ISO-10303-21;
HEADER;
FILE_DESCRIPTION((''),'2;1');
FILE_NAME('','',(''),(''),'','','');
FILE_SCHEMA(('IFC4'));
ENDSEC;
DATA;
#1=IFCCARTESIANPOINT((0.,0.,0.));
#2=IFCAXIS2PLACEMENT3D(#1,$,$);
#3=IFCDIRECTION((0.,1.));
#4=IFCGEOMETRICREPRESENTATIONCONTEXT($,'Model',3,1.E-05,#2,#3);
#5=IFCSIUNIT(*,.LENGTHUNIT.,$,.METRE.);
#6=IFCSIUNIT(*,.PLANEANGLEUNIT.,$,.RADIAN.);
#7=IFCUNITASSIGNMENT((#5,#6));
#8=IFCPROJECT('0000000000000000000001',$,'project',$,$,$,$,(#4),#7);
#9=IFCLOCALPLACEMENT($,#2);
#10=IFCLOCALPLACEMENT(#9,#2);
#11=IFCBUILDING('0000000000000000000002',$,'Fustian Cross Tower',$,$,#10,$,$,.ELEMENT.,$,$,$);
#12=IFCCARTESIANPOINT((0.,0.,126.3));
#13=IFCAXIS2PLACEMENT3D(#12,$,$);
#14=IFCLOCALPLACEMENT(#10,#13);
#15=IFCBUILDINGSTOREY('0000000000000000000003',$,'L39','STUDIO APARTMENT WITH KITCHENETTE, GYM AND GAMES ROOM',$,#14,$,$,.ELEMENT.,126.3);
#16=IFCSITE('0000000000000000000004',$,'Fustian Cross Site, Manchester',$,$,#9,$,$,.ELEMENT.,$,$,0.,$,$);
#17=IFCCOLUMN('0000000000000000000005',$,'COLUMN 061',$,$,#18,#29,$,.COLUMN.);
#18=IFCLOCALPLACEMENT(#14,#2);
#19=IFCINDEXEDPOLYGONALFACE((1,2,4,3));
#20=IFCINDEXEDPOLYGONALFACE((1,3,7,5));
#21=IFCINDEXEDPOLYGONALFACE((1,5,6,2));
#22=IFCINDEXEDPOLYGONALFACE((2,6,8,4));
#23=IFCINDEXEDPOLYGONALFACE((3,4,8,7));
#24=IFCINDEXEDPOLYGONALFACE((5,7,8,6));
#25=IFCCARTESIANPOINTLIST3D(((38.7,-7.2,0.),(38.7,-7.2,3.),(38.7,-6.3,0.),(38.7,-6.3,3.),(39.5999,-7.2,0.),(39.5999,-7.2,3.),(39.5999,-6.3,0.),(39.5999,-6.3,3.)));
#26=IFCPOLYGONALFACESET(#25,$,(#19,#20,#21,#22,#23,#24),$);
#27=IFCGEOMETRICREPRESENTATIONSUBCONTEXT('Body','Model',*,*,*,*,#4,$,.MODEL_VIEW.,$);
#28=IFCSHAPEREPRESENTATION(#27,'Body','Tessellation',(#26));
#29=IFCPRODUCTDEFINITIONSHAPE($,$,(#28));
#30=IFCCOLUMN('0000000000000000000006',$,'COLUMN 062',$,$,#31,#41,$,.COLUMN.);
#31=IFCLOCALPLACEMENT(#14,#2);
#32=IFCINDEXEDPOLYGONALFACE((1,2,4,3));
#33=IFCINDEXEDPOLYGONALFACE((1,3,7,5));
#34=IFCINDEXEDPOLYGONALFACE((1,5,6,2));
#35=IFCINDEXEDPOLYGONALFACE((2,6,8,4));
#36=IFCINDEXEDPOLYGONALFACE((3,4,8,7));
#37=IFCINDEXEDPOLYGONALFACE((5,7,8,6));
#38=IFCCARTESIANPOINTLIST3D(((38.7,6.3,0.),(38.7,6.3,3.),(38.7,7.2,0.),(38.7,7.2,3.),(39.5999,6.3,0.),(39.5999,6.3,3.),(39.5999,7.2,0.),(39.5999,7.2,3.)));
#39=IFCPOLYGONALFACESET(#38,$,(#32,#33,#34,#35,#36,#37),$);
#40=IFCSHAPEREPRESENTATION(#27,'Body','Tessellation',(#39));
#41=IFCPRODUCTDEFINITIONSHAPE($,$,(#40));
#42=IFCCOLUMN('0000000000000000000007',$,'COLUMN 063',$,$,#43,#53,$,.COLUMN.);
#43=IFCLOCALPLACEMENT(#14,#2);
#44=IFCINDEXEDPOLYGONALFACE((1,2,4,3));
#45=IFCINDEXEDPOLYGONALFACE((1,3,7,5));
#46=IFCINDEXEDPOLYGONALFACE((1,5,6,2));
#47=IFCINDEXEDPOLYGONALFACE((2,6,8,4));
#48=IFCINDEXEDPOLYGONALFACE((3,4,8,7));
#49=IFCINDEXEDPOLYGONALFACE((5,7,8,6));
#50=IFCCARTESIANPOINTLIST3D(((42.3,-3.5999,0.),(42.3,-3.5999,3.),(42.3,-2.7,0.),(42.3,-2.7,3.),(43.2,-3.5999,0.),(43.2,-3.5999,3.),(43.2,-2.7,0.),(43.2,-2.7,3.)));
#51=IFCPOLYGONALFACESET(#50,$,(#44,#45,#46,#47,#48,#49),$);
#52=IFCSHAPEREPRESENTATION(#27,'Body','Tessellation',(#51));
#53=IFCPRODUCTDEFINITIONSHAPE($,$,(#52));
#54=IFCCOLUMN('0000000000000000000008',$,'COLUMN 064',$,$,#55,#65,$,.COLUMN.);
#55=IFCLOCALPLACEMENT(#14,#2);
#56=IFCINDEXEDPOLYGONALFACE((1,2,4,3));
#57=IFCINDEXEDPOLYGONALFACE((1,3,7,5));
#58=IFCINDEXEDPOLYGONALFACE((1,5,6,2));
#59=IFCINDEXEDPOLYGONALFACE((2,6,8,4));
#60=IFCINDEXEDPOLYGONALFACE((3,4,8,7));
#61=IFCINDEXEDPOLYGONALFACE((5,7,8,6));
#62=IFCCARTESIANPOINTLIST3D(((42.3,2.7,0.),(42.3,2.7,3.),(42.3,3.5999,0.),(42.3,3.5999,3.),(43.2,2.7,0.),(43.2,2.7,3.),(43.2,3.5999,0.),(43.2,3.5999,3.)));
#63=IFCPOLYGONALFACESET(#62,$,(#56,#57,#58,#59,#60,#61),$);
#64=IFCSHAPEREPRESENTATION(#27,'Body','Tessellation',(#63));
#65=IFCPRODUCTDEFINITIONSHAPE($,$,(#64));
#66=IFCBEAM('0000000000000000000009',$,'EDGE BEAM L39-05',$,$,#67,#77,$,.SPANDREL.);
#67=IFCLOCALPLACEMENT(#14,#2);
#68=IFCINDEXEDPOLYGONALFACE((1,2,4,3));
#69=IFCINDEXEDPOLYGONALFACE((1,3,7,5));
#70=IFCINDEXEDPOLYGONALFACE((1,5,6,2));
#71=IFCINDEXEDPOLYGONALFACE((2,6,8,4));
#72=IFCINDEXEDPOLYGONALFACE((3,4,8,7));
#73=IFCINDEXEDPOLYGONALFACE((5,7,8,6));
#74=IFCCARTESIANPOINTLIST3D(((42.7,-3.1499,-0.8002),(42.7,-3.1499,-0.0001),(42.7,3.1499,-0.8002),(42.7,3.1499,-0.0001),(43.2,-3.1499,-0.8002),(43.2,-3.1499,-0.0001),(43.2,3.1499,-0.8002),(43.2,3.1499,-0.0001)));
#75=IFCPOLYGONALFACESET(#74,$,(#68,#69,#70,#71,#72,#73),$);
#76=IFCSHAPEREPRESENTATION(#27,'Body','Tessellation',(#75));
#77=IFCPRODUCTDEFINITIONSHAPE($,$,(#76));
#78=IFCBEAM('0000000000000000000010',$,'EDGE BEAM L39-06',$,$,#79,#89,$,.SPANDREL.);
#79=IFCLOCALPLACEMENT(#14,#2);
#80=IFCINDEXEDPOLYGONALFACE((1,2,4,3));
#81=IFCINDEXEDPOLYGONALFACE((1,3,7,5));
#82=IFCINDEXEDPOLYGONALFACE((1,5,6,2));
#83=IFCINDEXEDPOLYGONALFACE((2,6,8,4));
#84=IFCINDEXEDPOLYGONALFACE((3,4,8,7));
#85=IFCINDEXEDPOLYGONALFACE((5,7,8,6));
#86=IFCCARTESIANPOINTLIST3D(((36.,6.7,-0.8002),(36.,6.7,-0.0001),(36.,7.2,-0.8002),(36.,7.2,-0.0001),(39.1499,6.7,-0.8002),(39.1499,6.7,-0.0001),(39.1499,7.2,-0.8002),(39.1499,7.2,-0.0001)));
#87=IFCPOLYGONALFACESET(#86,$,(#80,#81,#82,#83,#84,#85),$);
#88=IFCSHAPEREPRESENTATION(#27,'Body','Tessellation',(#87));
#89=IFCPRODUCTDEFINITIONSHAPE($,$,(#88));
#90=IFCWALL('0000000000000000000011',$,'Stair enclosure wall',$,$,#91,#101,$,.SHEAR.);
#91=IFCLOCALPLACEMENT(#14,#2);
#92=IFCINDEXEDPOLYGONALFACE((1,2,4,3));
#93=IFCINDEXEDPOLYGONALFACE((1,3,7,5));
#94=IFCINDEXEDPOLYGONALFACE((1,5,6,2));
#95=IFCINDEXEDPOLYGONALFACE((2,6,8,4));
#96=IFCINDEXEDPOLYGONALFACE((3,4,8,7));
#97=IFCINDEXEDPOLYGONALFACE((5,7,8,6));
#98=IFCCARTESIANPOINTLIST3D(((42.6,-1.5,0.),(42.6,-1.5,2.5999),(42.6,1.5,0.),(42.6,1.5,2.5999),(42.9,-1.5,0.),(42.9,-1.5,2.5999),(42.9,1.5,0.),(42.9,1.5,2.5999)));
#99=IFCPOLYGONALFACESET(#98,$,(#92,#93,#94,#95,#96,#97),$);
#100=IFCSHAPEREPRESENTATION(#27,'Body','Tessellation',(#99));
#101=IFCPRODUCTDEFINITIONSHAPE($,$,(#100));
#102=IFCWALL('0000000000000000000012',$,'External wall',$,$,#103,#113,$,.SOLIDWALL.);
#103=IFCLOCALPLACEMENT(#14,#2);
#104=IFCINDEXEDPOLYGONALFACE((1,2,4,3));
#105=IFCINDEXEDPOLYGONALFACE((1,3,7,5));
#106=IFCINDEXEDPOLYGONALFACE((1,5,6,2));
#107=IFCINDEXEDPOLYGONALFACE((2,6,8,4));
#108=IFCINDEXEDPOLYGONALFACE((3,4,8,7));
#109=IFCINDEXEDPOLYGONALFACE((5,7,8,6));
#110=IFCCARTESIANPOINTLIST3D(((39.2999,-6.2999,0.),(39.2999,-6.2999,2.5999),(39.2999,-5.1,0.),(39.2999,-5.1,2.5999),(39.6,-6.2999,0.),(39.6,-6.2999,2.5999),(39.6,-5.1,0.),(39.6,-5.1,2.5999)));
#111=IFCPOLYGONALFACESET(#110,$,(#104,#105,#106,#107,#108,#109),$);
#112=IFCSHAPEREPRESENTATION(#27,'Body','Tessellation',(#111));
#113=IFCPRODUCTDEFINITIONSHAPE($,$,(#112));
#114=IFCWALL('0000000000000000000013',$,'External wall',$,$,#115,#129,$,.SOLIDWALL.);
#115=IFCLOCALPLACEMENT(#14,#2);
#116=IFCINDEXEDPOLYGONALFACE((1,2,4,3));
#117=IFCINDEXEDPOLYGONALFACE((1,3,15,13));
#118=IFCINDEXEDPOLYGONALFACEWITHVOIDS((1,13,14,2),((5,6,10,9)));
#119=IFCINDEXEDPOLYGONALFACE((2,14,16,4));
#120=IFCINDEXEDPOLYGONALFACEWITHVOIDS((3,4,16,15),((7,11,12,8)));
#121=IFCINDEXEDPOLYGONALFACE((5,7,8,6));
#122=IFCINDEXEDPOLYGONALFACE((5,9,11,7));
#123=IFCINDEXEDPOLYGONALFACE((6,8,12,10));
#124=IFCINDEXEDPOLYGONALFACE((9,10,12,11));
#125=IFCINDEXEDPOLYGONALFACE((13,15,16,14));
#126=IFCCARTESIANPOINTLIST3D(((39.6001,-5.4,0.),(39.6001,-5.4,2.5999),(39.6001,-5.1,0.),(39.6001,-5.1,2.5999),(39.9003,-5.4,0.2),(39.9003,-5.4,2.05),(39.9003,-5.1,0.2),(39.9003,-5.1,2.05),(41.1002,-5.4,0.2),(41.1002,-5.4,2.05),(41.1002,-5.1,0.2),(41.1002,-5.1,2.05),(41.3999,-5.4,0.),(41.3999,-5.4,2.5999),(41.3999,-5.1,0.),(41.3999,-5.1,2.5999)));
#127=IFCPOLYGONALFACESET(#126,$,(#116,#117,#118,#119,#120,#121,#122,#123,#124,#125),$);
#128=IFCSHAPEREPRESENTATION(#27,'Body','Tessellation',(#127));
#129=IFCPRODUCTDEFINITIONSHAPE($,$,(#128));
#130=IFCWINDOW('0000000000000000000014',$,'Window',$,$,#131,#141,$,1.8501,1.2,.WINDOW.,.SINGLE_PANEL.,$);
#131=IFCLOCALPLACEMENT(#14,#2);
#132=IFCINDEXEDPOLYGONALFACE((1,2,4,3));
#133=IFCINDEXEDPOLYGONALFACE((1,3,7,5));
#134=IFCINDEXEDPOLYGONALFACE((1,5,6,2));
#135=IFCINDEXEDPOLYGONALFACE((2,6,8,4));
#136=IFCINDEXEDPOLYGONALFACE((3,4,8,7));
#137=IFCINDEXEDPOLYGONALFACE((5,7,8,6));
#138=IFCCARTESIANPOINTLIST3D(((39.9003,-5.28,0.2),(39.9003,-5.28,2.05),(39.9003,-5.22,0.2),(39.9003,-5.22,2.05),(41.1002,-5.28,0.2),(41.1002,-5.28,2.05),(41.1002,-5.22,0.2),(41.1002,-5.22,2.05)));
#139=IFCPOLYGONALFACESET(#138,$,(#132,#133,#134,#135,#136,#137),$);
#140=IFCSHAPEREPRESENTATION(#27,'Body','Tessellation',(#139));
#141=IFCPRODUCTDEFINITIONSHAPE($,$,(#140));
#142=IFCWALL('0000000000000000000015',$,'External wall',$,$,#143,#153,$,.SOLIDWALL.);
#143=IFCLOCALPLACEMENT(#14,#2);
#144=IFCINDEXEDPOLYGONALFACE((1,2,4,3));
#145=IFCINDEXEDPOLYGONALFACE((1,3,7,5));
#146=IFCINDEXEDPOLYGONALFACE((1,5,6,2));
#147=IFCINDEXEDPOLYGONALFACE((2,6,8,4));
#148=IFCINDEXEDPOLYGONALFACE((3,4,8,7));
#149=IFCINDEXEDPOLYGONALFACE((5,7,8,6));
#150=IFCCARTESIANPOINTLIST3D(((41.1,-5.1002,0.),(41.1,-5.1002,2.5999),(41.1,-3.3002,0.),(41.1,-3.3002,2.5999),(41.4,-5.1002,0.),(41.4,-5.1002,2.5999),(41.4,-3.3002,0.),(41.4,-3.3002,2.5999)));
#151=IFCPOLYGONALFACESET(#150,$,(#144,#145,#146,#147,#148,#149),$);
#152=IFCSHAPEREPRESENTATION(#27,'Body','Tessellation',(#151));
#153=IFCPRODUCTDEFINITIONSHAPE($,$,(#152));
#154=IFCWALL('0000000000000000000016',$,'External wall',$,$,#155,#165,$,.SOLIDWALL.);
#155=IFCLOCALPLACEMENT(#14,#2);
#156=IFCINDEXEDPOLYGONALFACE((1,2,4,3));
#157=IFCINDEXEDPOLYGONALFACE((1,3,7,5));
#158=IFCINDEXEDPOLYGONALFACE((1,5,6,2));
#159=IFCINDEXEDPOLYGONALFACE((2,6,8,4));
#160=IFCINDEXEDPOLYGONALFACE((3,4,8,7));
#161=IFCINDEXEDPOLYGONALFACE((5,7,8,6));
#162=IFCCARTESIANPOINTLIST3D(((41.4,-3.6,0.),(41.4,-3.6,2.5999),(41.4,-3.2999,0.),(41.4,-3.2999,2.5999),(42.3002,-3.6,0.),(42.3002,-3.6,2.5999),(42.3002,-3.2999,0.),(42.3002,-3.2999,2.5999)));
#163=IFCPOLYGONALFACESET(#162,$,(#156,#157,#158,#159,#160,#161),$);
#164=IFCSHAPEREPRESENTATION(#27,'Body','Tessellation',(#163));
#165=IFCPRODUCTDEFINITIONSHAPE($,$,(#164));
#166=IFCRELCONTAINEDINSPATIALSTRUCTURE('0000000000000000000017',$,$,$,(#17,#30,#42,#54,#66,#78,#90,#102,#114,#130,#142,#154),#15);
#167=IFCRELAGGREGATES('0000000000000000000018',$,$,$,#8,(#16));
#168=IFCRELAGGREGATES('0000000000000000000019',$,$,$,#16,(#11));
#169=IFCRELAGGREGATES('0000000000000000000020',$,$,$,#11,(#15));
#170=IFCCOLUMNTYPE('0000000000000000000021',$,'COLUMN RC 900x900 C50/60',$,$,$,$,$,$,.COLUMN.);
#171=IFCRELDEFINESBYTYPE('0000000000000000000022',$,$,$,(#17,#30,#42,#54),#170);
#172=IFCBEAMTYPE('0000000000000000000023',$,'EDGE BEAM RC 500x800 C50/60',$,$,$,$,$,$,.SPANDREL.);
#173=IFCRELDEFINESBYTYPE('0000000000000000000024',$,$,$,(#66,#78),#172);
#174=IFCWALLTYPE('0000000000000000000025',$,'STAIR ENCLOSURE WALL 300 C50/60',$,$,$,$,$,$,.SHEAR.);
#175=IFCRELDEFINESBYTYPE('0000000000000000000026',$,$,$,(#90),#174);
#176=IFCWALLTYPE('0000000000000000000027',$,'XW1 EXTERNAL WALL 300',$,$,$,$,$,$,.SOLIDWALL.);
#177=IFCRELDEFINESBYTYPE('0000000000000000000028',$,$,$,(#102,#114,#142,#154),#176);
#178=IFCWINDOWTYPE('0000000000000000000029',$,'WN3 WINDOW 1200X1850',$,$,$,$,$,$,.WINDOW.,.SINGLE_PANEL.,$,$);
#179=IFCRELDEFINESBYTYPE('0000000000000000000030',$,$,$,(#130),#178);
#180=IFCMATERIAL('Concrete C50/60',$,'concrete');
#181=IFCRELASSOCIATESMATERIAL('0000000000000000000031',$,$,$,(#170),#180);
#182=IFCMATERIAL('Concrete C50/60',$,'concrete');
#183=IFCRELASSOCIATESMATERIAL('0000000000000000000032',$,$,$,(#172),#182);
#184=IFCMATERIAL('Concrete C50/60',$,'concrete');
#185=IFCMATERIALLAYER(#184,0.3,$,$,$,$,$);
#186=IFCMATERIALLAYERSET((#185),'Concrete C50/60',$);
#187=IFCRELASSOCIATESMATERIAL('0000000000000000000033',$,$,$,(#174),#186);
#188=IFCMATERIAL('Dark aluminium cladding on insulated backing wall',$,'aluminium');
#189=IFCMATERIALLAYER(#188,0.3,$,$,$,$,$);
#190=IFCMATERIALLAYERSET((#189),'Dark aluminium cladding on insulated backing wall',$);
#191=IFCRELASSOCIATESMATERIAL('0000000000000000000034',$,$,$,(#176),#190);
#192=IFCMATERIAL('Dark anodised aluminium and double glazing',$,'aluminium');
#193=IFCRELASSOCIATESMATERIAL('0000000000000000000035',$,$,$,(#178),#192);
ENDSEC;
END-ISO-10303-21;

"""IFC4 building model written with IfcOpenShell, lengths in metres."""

from ifc_helpers import new_model, si_unit, direction, frame, frame_2d, origin, origin_2d, place, context, subcontext, project, spatial, rectangle, extrude, material, layer, layer_set, material_profile, profile_set, type_object, element, fill, save


model = new_model("IFC4")

# Units and contexts
model_context = context("Model", 3, precision=1e-05, world=origin(), true_north=direction((0.0, 1.0)))
body_context = subcontext(model_context, "Body", "Model", "MODEL_VIEW")
ifc_project = project(units=[si_unit("LENGTHUNIT", "METRE"), si_unit("PLANEANGLEUNIT", "RADIAN")], contexts=[model_context])

# Site, building, storey
site_placement = place(None, origin())
site = spatial("IfcSite", under=ifc_project, at=site_placement, Name="Fustian Cross Site, Manchester", CompositionType="ELEMENT", RefElevation=0.0)
building_placement = place(site_placement, origin())
building = spatial("IfcBuilding", under=site, at=building_placement, Name="Fustian Cross Tower", CompositionType="ELEMENT")
storey_placement = place(building_placement, frame((0.0, 0.0, 126.3)))
storey = spatial("IfcBuildingStorey", under=building, at=storey_placement, Name="L39", Description="STUDIO APARTMENT WITH KITCHENETTE, GYM AND GAMES ROOM", CompositionType="ELEMENT", Elevation=126.3)

# Columns
ifc_material_1 = material(Name="Concrete C50/60", Category="concrete")
ifc_material_profile_1 = material_profile(ifc_material_1, rectangle(XDim=0.8999, YDim=0.8999, at=origin_2d()), Name="RC 900x900")
ifc_profile_set_1 = profile_set([ifc_material_profile_1], Name="Concrete C50/60")
column_type = type_object("IfcColumnType", Name="COLUMN RC 900x900 C50/60", PredefinedType="COLUMN", material=ifc_profile_set_1)
for number, where, z_axis, x_axis, name in (
    (1, (39.1499, -6.75, 0.0), (0.0, 0.0, 1.0), (1.0, 0.0, 0.0), "COLUMN 061"),
    (2, (39.1499, 6.75, 0.0), (0.0, 0.0, 1.0), (1.0, 0.0, 0.0), "COLUMN 062"),
    (3, (42.75, -3.1499, 0.0), (0.0, 0.0, 1.0), (1.0, 0.0, 0.0), "COLUMN 063"),
    (4, (42.75, 3.1499, 0.0), (0.0, 0.0, 1.0), (1.0, 0.0, 0.0), "COLUMN 064"),
):
    element("IfcColumn", number, at=place(storey_placement, frame(where, z_axis=z_axis, x_axis=x_axis)), inside=storey, type_object=column_type, Name=name, PredefinedType="COLUMN", context=body_context, shape_type="SweptSolid", body=[
        extrude(rectangle(XDim=0.8999, YDim=0.8999, at=origin_2d()), origin(), (0.0, 0.0, 1.0), 3.0),
    ])

# Beams
ifc_material_2 = material(Name="Concrete C50/60", Category="concrete")
ifc_material_profile_2 = material_profile(ifc_material_2, rectangle(XDim=0.5, YDim=0.8, at=origin_2d()), Name="RC 500x800")
ifc_profile_set_2 = profile_set([ifc_material_profile_2], Name="Concrete C50/60")
beam_type = type_object("IfcBeamType", Name="EDGE BEAM RC 500x800 C50/60", PredefinedType="SPANDREL", material=ifc_profile_set_2)
beam_1_placement = place(storey_placement, frame((42.95, -3.1499, -0.4001), z_axis=(0.0, 1.0, 0.0), x_axis=(-1.0, 0.0, 0.0)))
element("IfcBeam", 5, at=beam_1_placement, inside=storey, type_object=beam_type, Name="EDGE BEAM L39-05", PredefinedType="SPANDREL", context=body_context, shape_type="SweptSolid", body=[
    extrude(rectangle(XDim=0.5, YDim=0.8, at=origin_2d()), origin(), (0.0, 0.0, 1.0), 6.2998),
])
beam_2_placement = place(storey_placement, frame((39.1499, 6.95, -0.4001), z_axis=(-1.0, 0.0, 0.0), x_axis=(0.0, -1.0, 0.0)))
element("IfcBeam", 6, at=beam_2_placement, inside=storey, type_object=beam_type, Name="EDGE BEAM L39-06", PredefinedType="SPANDREL", context=body_context, shape_type="SweptSolid", body=[
    extrude(rectangle(XDim=0.5, YDim=0.8, at=origin_2d()), origin(), (0.0, 0.0, 1.0), 3.1499),
])

# Walls
ifc_material_3 = material(Name="Concrete C50/60", Category="concrete")
ifc_layer_1 = layer(ifc_material_3, 0.3)
ifc_layer_set_1 = layer_set([ifc_layer_1], Name="Concrete C50/60")
wall_type_1 = type_object("IfcWallType", Name="STAIR ENCLOSURE WALL 300 C50/60", PredefinedType="SHEAR", material=ifc_layer_set_1)
wall_1_placement = place(storey_placement, frame((42.75, -1.5, 0.0), z_axis=(0.0, 0.0, 1.0), x_axis=(0.0, 1.0, 0.0)))
element("IfcWall", 7, at=wall_1_placement, inside=storey, type_object=wall_type_1, Name="Stair enclosure wall", PredefinedType="SHEAR", context=body_context, shape_type="SweptSolid", body=[
    extrude(rectangle(XDim=3.0, YDim=0.3, at=frame_2d((1.5, 0.0))), origin(), (0.0, 0.0, 1.0), 2.5999),
])
ifc_material_4 = material(Name="Dark aluminium cladding on insulated backing wall", Category="aluminium")
ifc_layer_2 = layer(ifc_material_4, 0.3)
ifc_layer_set_2 = layer_set([ifc_layer_2], Name="Dark aluminium cladding on insulated backing wall")
wall_type_2 = type_object("IfcWallType", Name="XW1 EXTERNAL WALL 300", PredefinedType="SOLIDWALL", material=ifc_layer_set_2)
wall_2_placement = place(storey_placement, frame((39.45, -6.3, 0.0), z_axis=(0.0, 0.0, 1.0), x_axis=(0.0, 1.0, 0.0)))
element("IfcWall", 8, at=wall_2_placement, inside=storey, type_object=wall_type_2, Name="External wall", PredefinedType="SOLIDWALL", context=body_context, shape_type="SweptSolid", body=[
    extrude(rectangle(XDim=1.2, YDim=0.3, at=frame_2d((0.6001, 0.0))), origin(), (0.0, 0.0, 1.0), 2.5999),
])

# Wall, opening, window
wall_3_placement = place(storey_placement, frame((39.6001, -5.25, 0.0), z_axis=(0.0, 0.0, 1.0), x_axis=(1.0, 0.0, 0.0)))
wall_3 = element("IfcWall", 9, at=wall_3_placement, inside=storey, type_object=wall_type_2, Name="External wall", PredefinedType="SOLIDWALL", context=body_context, shape_type="SweptSolid", body=[
    extrude(rectangle(XDim=1.7998, YDim=0.3, at=frame_2d((0.8999, 0.0))), origin(), (0.0, 0.0, 1.0), 2.5999),
])
opening_1_placement = place(wall_3_placement, frame((0.3, 0.0, 0.2)))
opening_1 = element("IfcOpeningElement", 10, at=opening_1_placement, cuts=wall_3, PredefinedType="OPENING", context=body_context, shape_type="SweptSolid", body=[
    extrude(rectangle(XDim=1.2, YDim=1.8501, at=frame_2d((0.6001, 0.925))), frame((0.0, 0.1599, 0.0), z_axis=(0.0, -1.0, 0.0), x_axis=(1.0, 0.0, 0.0)), (0.0, 0.0, 1.0), 0.3201),
])
ifc_material_5 = material(Name="Dark anodised aluminium and double glazing", Category="aluminium")
window_type_1 = type_object("IfcWindowType", Name="WN3 WINDOW 1200X1850", PartitioningType="SINGLE_PANEL", PredefinedType="WINDOW", material=ifc_material_5)
window_1_placement = place(opening_1_placement, origin())
window_1 = element("IfcWindow", 11, at=window_1_placement, inside=storey, type_object=window_type_1, Name="Window", OverallHeight=1.8501, OverallWidth=1.2, PartitioningType="SINGLE_PANEL", PredefinedType="WINDOW", context=body_context, shape_type="SweptSolid", body=[
    extrude(rectangle(XDim=1.2, YDim=1.8501, at=frame_2d((0.6001, 0.925))), frame((0.0, 0.03, 0.0), z_axis=(0.0, -1.0, 0.0), x_axis=(1.0, 0.0, 0.0)), (0.0, 0.0, 1.0), 0.0601),
])
fill(opening_1, window_1)

# Walls
wall_4_placement = place(storey_placement, frame((41.25, -5.1001, 0.0), z_axis=(0.0, 0.0, 1.0), x_axis=(0.0, 1.0, 0.0)))
element("IfcWall", 12, at=wall_4_placement, inside=storey, type_object=wall_type_2, Name="External wall", PredefinedType="SOLIDWALL", context=body_context, shape_type="SweptSolid", body=[
    extrude(rectangle(XDim=1.8, YDim=0.3, at=frame_2d((0.8999, 0.0))), origin(), (0.0, 0.0, 1.0), 2.5999),
])
wall_5_placement = place(storey_placement, frame((41.3999, -3.45, 0.0), z_axis=(0.0, 0.0, 1.0), x_axis=(1.0, 0.0, 0.0)))
element("IfcWall", 13, at=wall_5_placement, inside=storey, type_object=wall_type_2, Name="External wall", PredefinedType="SOLIDWALL", context=body_context, shape_type="SweptSolid", body=[
    extrude(rectangle(XDim=0.9001, YDim=0.3, at=frame_2d((0.4502, 0.0))), origin(), (0.0, 0.0, 1.0), 2.5999),
])

save(model, "model.ifc")
